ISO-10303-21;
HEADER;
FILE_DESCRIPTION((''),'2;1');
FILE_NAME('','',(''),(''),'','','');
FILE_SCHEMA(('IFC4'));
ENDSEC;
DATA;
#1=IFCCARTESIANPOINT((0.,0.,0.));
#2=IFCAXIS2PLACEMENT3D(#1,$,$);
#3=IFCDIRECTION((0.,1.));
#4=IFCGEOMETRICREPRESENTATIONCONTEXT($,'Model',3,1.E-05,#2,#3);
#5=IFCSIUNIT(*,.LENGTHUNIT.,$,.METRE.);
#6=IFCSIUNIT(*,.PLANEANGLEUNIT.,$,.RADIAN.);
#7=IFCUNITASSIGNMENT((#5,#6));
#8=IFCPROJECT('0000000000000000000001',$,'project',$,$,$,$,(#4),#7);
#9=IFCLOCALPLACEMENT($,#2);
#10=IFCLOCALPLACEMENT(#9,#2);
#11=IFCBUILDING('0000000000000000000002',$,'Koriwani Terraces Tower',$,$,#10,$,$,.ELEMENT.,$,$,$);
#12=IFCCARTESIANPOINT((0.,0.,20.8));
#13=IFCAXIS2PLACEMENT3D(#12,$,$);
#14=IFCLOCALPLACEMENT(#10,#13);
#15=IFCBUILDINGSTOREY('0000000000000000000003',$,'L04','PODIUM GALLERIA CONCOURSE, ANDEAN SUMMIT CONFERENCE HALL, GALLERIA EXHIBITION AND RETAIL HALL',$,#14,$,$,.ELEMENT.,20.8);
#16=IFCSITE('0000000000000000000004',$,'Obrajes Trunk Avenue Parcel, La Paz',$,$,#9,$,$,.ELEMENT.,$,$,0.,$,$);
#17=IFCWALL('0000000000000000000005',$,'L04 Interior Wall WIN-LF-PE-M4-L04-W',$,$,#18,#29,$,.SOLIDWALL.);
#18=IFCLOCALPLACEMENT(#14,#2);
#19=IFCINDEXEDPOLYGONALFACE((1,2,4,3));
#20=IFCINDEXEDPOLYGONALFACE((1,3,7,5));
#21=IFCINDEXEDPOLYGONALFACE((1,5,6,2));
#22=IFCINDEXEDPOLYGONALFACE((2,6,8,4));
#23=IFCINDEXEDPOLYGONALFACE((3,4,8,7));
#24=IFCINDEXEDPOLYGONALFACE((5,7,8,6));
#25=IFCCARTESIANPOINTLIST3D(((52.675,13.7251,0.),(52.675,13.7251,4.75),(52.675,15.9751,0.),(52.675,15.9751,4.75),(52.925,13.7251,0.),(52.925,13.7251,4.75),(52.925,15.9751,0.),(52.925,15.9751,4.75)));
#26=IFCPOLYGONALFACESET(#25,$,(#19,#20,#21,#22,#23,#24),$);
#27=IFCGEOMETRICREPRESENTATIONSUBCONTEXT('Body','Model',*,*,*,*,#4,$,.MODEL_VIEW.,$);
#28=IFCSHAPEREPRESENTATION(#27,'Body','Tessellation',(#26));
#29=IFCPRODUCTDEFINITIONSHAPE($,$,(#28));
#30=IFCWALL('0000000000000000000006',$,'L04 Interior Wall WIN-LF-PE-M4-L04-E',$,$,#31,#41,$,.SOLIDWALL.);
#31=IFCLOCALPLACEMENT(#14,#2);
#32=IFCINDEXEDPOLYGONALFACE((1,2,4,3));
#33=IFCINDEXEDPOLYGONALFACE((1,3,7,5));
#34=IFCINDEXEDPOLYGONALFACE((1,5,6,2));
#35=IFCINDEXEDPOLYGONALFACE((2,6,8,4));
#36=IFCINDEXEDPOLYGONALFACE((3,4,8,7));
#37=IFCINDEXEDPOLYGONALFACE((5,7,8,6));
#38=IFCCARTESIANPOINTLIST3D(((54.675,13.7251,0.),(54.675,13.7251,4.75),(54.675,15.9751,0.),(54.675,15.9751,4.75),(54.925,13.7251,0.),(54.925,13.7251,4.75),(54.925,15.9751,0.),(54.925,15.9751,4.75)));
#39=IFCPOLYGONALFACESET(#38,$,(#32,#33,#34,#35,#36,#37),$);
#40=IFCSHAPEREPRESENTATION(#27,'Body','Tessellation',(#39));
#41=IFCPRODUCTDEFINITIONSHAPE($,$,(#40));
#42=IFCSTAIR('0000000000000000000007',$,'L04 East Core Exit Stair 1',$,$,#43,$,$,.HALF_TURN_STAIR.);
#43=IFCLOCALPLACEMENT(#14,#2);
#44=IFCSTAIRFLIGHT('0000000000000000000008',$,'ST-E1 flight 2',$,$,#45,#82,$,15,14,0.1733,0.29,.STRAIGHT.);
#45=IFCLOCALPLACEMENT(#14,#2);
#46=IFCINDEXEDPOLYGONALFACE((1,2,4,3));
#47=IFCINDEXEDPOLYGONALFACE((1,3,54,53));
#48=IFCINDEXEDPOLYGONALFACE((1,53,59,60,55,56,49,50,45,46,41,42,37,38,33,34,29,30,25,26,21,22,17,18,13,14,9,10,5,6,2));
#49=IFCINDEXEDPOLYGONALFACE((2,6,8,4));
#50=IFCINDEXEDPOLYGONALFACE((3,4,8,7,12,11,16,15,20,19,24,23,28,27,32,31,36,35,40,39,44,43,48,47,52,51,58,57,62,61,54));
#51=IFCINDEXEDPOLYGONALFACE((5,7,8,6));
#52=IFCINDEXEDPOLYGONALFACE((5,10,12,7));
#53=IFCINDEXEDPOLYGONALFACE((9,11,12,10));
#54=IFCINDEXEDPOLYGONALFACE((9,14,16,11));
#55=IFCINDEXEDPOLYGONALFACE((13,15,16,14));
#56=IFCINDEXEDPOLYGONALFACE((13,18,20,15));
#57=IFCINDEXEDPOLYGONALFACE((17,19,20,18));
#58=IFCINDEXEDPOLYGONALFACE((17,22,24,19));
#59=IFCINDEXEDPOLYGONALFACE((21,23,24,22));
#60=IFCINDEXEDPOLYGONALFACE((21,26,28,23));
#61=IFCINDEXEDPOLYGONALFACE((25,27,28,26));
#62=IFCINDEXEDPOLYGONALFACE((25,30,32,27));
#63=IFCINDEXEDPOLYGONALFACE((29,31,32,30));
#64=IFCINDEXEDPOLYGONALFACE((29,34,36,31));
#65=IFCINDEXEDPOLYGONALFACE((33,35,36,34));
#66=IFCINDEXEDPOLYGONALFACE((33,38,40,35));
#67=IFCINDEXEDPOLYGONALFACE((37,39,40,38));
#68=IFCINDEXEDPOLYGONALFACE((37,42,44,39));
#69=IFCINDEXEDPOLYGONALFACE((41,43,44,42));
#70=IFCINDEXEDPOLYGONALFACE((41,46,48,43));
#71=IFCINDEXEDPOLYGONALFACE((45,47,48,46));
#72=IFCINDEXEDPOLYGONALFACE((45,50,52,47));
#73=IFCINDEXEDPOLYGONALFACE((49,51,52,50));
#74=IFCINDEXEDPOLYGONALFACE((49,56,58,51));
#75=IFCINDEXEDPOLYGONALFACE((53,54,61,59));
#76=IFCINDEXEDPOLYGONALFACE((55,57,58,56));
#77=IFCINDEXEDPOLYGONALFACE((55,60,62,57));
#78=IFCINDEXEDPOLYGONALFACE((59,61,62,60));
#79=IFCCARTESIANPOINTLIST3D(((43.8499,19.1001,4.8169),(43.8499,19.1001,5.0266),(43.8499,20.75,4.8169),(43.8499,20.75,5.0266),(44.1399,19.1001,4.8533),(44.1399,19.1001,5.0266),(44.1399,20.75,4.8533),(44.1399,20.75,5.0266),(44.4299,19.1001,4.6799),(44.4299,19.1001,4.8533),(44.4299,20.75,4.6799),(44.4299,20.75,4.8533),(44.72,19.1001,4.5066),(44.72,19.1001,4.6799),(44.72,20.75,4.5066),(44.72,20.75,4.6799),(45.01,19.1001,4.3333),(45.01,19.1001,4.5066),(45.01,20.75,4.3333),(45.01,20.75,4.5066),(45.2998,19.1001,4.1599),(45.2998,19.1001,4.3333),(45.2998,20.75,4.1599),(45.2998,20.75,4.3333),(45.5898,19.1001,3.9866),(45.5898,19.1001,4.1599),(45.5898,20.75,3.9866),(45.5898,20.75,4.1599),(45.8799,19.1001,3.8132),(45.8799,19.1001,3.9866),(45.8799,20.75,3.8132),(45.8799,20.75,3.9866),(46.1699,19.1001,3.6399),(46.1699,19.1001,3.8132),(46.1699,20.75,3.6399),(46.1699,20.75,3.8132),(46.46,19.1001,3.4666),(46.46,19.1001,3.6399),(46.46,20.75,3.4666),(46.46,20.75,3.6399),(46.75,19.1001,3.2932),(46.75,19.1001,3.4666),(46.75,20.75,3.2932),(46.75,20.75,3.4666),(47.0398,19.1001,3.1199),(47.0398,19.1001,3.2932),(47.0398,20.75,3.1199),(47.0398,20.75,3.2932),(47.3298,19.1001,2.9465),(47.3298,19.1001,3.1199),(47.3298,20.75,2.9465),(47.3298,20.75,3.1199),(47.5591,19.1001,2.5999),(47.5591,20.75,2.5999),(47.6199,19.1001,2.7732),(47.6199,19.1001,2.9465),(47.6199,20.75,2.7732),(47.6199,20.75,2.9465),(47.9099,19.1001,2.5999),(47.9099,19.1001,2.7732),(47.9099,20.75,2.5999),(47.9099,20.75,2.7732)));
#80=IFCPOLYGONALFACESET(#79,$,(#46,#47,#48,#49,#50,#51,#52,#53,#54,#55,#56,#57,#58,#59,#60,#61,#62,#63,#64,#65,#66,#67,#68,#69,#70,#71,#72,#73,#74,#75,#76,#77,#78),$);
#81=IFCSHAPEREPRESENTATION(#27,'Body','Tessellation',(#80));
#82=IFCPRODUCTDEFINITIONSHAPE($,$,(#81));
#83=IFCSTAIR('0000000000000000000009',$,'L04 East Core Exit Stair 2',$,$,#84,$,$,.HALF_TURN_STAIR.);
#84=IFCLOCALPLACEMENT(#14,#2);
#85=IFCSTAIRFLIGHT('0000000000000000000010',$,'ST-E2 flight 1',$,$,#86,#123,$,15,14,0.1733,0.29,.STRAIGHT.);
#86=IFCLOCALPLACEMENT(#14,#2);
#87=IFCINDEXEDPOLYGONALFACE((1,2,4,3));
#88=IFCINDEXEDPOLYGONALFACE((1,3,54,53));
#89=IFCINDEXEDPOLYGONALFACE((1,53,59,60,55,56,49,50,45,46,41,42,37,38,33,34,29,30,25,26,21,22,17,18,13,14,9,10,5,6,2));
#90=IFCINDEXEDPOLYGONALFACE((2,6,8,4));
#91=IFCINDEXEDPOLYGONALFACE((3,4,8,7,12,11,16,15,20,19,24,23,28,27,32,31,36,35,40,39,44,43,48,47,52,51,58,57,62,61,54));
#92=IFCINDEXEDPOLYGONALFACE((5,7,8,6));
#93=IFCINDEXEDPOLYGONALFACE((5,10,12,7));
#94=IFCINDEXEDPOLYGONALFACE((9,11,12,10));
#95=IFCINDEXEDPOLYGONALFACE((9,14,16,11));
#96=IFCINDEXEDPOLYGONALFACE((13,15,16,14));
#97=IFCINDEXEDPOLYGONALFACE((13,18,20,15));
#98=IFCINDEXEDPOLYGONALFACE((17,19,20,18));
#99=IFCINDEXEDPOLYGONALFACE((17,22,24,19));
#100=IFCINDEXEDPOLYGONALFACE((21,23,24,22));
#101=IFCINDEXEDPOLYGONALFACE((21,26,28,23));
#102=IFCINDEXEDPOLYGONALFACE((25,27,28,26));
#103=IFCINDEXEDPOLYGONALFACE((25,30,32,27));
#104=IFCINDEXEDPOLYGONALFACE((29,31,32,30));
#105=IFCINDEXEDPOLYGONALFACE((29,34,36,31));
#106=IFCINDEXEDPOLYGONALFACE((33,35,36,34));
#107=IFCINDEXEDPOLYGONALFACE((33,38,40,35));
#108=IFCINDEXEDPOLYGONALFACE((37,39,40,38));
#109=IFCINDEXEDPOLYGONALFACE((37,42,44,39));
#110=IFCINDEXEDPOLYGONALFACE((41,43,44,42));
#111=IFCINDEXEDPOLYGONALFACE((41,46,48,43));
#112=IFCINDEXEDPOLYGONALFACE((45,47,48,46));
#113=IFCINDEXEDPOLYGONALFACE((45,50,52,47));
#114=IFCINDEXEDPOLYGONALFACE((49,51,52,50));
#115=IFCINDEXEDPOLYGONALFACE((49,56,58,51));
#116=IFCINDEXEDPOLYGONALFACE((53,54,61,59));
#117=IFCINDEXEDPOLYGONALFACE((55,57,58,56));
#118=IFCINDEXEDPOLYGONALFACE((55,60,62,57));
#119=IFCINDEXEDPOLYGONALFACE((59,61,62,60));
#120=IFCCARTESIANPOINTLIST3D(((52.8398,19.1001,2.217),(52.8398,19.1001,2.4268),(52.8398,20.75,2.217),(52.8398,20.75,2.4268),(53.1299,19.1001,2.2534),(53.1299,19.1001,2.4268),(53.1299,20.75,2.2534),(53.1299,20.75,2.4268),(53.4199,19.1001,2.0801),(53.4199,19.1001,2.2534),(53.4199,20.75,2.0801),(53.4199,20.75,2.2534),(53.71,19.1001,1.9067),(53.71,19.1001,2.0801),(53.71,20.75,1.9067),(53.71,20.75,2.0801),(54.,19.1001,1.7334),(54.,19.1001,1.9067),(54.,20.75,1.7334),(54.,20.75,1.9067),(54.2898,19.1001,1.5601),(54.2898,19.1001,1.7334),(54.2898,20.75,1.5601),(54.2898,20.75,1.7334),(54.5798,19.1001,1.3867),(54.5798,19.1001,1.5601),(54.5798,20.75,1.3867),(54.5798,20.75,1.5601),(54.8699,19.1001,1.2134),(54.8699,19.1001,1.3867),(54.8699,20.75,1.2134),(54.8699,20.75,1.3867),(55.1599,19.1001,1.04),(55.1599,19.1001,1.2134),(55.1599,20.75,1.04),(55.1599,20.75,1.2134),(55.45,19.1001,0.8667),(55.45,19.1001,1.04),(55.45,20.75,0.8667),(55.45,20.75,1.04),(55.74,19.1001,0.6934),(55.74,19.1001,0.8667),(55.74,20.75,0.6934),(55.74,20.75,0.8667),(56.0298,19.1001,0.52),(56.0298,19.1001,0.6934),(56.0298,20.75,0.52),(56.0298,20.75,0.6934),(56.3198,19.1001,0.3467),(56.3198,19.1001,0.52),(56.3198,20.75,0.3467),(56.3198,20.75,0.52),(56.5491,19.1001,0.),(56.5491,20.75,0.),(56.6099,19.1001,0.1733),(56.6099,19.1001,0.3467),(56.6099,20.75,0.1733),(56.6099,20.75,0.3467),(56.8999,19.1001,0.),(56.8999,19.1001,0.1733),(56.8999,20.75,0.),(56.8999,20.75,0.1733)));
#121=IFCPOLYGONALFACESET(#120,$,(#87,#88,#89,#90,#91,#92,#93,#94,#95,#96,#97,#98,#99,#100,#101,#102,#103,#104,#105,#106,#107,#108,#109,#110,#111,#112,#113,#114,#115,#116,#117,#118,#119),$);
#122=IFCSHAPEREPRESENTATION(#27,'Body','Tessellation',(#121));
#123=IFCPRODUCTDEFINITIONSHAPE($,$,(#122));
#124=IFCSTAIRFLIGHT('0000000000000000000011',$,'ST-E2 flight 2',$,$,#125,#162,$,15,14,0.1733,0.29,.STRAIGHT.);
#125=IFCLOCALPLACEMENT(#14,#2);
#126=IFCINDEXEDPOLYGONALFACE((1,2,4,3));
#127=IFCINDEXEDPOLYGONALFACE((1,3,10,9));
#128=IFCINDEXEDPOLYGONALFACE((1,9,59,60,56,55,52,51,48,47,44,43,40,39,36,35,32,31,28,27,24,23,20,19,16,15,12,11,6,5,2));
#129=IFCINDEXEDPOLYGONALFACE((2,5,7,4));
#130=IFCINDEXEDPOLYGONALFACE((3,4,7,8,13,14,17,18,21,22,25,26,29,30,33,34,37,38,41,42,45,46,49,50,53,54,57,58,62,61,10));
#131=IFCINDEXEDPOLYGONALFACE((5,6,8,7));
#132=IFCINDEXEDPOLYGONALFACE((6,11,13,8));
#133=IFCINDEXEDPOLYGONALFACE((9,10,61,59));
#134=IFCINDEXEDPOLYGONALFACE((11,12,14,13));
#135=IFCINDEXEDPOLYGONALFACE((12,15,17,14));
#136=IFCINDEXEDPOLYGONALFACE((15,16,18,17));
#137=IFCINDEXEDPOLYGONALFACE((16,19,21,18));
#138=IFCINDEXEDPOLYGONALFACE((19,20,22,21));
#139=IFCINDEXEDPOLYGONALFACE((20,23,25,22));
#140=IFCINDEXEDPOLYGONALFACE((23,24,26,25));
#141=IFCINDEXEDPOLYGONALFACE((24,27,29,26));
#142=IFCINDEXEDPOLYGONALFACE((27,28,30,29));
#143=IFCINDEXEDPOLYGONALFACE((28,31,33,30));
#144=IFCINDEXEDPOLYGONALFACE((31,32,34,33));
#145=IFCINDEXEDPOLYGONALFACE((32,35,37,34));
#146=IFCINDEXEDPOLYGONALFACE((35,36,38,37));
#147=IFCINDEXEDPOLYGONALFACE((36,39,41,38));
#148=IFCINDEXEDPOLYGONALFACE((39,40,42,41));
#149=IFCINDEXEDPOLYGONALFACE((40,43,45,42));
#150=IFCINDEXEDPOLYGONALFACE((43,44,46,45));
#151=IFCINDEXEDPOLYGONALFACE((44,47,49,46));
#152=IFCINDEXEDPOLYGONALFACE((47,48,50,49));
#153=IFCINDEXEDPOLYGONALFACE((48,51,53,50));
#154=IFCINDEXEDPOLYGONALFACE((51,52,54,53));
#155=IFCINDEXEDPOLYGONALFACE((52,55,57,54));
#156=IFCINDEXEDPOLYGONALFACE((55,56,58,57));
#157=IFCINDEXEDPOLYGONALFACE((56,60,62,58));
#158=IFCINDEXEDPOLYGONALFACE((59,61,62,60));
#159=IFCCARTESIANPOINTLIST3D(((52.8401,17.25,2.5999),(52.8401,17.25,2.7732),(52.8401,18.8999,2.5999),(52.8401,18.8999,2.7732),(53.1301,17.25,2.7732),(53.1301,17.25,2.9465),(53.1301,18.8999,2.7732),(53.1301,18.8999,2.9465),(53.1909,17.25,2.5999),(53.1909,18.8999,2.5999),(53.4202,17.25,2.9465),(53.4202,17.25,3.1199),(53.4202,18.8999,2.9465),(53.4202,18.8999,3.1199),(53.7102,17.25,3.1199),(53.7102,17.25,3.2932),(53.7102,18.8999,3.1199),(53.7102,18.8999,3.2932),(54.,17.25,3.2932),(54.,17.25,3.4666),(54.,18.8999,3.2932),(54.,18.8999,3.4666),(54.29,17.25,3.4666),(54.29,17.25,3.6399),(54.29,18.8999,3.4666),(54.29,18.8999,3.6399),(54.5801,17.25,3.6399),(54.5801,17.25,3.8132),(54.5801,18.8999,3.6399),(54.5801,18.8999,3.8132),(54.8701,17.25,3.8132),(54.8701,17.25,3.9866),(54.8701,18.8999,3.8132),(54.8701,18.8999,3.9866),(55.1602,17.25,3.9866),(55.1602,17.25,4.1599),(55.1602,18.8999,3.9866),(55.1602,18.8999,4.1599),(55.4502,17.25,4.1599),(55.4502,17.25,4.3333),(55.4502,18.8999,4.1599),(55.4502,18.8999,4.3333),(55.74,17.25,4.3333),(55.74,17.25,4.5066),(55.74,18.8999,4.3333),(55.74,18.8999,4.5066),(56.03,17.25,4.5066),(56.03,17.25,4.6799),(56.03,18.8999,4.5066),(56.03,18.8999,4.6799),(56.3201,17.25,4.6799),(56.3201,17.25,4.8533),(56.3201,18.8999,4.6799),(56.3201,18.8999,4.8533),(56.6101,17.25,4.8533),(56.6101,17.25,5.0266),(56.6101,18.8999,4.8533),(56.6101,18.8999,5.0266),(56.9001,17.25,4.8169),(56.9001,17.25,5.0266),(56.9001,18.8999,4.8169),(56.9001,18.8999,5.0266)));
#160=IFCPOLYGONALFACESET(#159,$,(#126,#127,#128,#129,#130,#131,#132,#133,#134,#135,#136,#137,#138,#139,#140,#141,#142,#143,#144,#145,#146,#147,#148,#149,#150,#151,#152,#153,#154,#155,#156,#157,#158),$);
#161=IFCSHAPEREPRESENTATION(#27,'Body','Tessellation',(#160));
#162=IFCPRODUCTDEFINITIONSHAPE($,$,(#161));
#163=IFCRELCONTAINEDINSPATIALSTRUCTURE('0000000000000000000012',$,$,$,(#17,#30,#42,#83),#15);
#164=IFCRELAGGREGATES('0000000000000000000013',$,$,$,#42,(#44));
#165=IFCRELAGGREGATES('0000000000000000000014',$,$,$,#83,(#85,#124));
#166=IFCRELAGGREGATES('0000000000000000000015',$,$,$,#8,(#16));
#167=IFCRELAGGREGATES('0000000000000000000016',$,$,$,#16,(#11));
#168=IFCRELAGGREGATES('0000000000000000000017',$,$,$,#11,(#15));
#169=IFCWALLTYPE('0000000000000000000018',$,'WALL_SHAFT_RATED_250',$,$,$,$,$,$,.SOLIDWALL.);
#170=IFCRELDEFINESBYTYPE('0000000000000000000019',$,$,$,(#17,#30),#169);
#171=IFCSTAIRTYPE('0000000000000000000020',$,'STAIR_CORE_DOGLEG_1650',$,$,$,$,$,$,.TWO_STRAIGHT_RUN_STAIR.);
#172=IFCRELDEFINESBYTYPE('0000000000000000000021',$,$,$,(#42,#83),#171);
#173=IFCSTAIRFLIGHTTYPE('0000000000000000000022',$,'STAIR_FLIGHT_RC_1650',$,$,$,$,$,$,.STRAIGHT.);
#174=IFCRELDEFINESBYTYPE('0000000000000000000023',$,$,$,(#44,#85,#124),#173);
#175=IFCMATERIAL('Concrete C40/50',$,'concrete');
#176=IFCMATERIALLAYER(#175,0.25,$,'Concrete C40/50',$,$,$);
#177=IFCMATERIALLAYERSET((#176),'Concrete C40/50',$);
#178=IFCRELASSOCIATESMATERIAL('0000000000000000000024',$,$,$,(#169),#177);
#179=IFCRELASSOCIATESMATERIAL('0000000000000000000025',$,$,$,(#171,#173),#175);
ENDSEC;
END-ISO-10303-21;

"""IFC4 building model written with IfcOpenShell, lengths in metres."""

from ifc_helpers import new_model, si_unit, direction, frame, frame_2d, origin, place, context, subcontext, project, spatial, polyline, rectangle, outline, extrude, material, layer, layer_set, type_object, element, aggregate, save


model = new_model("IFC4")

# Units and contexts
model_context = context("Model", 3, precision=1e-05, world=origin(), true_north=direction((0.0, 1.0)))
body_context = subcontext(model_context, "Body", "Model", "MODEL_VIEW")
ifc_project = project(units=[si_unit("LENGTHUNIT", "METRE"), si_unit("PLANEANGLEUNIT", "RADIAN")], contexts=[model_context])

# Site, building, storey
site_placement = place(None, origin())
site = spatial("IfcSite", under=ifc_project, at=site_placement, Name="Obrajes Trunk Avenue Parcel, La Paz", CompositionType="ELEMENT", RefElevation=0.0)
building_placement = place(site_placement, origin())
building = spatial("IfcBuilding", under=site, at=building_placement, Name="Koriwani Terraces Tower", CompositionType="ELEMENT")
storey_placement = place(building_placement, frame((0.0, 0.0, 20.8)))
storey = spatial("IfcBuildingStorey", under=building, at=storey_placement, Name="L04", Description="PODIUM GALLERIA CONCOURSE, ANDEAN SUMMIT CONFERENCE HALL, GALLERIA EXHIBITION AND RETAIL HALL", CompositionType="ELEMENT", Elevation=20.8)

# Shared definitions
ifc_material_1 = material(Name="Concrete C40/50", Category="concrete")
ifc_layer_1 = layer(ifc_material_1, 0.25, Name="Concrete C40/50")
ifc_layer_set_1 = layer_set([ifc_layer_1], Name="Concrete C40/50")
wall_type_1 = type_object("IfcWallType", Name="WALL_SHAFT_RATED_250", PredefinedType="SOLIDWALL", material=ifc_layer_set_1)

# Walls
for number, where, z_axis, x_axis, name in (
    (1, (52.8, 13.7251, 0.0), (0.0, 0.0, 1.0), (0.0, 1.0, 0.0), "L04 Interior Wall WIN-LF-PE-M4-L04-W"),
    (2, (54.8, 13.7251, 0.0), (0.0, 0.0, 1.0), (0.0, 1.0, 0.0), "L04 Interior Wall WIN-LF-PE-M4-L04-E"),
):
    element("IfcWall", number, at=place(storey_placement, frame(where, z_axis=z_axis, x_axis=x_axis)), inside=storey, type_object=wall_type_1, Name=name, PredefinedType="SOLIDWALL", context=body_context, shape_type="SweptSolid", body=[
        extrude(rectangle(XDim=2.25, YDim=0.25, at=frame_2d((1.125, 0.0))), origin(), (0.0, 0.0, 1.0), 4.75),
    ])

# Stair, stair flight
stair_type = type_object("IfcStairType", Name="STAIR_CORE_DOGLEG_1650", PredefinedType="TWO_STRAIGHT_RUN_STAIR", material=ifc_material_1)
stair_1_placement = place(storey_placement, origin())
stair_1 = element("IfcStair", 3, at=stair_1_placement, inside=storey, type_object=stair_type, Name="L04 East Core Exit Stair 1", PredefinedType="HALF_TURN_STAIR")
stair_flight_type = type_object("IfcStairFlightType", Name="STAIR_FLIGHT_RC_1650", PredefinedType="STRAIGHT", material=ifc_material_1)
stair_flight_1_placement = place(storey_placement, frame((47.9099, 19.925, 2.5999), z_axis=(0.0, 0.0, 1.0), x_axis=(-1.0, 0.0, 0.0)))
stair_flight_1 = element("IfcStairFlight", 4, at=stair_flight_1_placement, type_object=stair_flight_type, Name="ST-E1 flight 2", NumberOfRisers=15, NumberOfTreads=14, PredefinedType="STRAIGHT", RiserHeight=0.1733, TreadLength=0.29, context=body_context, shape_type="SweptSolid", body=[
    extrude(outline(polyline([(0.0, 0.0), (0.0, 0.1733), (0.29, 0.1733), (0.29, 0.3467), (0.5801, 0.3467), (0.5801, 0.52), (0.8701, 0.52), (0.8701, 0.6934), (1.1599, 0.6934), (1.1599, 0.8667), (1.45, 0.8667), (1.45, 1.04), (1.74, 1.04), (1.74, 1.2134), (2.03, 1.2134), (2.03, 1.3867), (2.3201, 1.3867), (2.3201, 1.5601), (2.6101, 1.5601), (2.6101, 1.7334), (2.8999, 1.7334), (2.8999, 1.9067), (3.1899, 1.9067), (3.1899, 2.0801), (3.48, 2.0801), (3.48, 2.2534), (3.77, 2.2534), (3.77, 2.4268), (4.0601, 2.4268), (4.0601, 2.6001), (4.0601, 2.217), (0.3508, 0.0), (0.0, 0.0)])), frame((0.0, 0.825, 0.0), z_axis=(0.0, -1.0, 0.0), x_axis=(1.0, 0.0, 0.0)), (0.0, 0.0, 1.0), 1.6499),
])
aggregate(stair_1, [stair_flight_1])

# Stair, stair flights
stair_2_placement = place(storey_placement, origin())
stair_2 = element("IfcStair", 5, at=stair_2_placement, inside=storey, type_object=stair_type, Name="L04 East Core Exit Stair 2", PredefinedType="HALF_TURN_STAIR")
stair_flight_2_placement = place(storey_placement, frame((56.8999, 19.925, 0.0), z_axis=(0.0, 0.0, 1.0), x_axis=(-1.0, 0.0, 0.0)))
stair_flight_2 = element("IfcStairFlight", 6, at=stair_flight_2_placement, type_object=stair_flight_type, Name="ST-E2 flight 1", NumberOfRisers=15, NumberOfTreads=14, PredefinedType="STRAIGHT", RiserHeight=0.1733, TreadLength=0.29, context=body_context, shape_type="SweptSolid", body=[
    extrude(outline(polyline([(0.0, 0.0), (0.0, 0.1733), (0.29, 0.1733), (0.29, 0.3467), (0.5801, 0.3467), (0.5801, 0.52), (0.8701, 0.52), (0.8701, 0.6934), (1.1599, 0.6934), (1.1599, 0.8667), (1.45, 0.8667), (1.45, 1.04), (1.74, 1.04), (1.74, 1.2134), (2.03, 1.2134), (2.03, 1.3867), (2.3201, 1.3867), (2.3201, 1.5601), (2.6101, 1.5601), (2.6101, 1.7334), (2.8999, 1.7334), (2.8999, 1.9067), (3.1899, 1.9067), (3.1899, 2.0801), (3.48, 2.0801), (3.48, 2.2534), (3.77, 2.2534), (3.77, 2.4268), (4.0601, 2.4268), (4.0601, 2.6001), (4.0601, 2.217), (0.3508, 0.0), (0.0, 0.0)])), frame((0.0, 0.825, 0.0), z_axis=(0.0, -1.0, 0.0), x_axis=(1.0, 0.0, 0.0)), (0.0, 0.0, 1.0), 1.6499),
])
stair_flight_3_placement = place(storey_placement, frame((52.8401, 18.075, 2.5999), z_axis=(0.0, 0.0, 1.0), x_axis=(1.0, 0.0, 0.0)))
stair_flight_3 = element("IfcStairFlight", 7, at=stair_flight_3_placement, type_object=stair_flight_type, Name="ST-E2 flight 2", NumberOfRisers=15, NumberOfTreads=14, PredefinedType="STRAIGHT", RiserHeight=0.1733, TreadLength=0.29, context=body_context, shape_type="SweptSolid", body=[
    extrude(outline(polyline([(0.0, 0.0), (0.0, 0.1733), (0.29, 0.1733), (0.29, 0.3467), (0.5801, 0.3467), (0.5801, 0.52), (0.8701, 0.52), (0.8701, 0.6934), (1.1599, 0.6934), (1.1599, 0.8667), (1.45, 0.8667), (1.45, 1.04), (1.74, 1.04), (1.74, 1.2134), (2.03, 1.2134), (2.03, 1.3867), (2.3201, 1.3867), (2.3201, 1.5601), (2.6101, 1.5601), (2.6101, 1.7334), (2.8999, 1.7334), (2.8999, 1.9067), (3.1899, 1.9067), (3.1899, 2.0801), (3.48, 2.0801), (3.48, 2.2534), (3.77, 2.2534), (3.77, 2.4268), (4.0601, 2.4268), (4.0601, 2.6001), (4.0601, 2.217), (0.3508, 0.0), (0.0, 0.0)])), frame((0.0, 0.825, 0.0), z_axis=(0.0, -1.0, 0.0), x_axis=(1.0, 0.0, 0.0)), (0.0, 0.0, 1.0), 1.6499),
])
aggregate(stair_2, [stair_flight_2, stair_flight_3])

save(model, "model.ifc")
